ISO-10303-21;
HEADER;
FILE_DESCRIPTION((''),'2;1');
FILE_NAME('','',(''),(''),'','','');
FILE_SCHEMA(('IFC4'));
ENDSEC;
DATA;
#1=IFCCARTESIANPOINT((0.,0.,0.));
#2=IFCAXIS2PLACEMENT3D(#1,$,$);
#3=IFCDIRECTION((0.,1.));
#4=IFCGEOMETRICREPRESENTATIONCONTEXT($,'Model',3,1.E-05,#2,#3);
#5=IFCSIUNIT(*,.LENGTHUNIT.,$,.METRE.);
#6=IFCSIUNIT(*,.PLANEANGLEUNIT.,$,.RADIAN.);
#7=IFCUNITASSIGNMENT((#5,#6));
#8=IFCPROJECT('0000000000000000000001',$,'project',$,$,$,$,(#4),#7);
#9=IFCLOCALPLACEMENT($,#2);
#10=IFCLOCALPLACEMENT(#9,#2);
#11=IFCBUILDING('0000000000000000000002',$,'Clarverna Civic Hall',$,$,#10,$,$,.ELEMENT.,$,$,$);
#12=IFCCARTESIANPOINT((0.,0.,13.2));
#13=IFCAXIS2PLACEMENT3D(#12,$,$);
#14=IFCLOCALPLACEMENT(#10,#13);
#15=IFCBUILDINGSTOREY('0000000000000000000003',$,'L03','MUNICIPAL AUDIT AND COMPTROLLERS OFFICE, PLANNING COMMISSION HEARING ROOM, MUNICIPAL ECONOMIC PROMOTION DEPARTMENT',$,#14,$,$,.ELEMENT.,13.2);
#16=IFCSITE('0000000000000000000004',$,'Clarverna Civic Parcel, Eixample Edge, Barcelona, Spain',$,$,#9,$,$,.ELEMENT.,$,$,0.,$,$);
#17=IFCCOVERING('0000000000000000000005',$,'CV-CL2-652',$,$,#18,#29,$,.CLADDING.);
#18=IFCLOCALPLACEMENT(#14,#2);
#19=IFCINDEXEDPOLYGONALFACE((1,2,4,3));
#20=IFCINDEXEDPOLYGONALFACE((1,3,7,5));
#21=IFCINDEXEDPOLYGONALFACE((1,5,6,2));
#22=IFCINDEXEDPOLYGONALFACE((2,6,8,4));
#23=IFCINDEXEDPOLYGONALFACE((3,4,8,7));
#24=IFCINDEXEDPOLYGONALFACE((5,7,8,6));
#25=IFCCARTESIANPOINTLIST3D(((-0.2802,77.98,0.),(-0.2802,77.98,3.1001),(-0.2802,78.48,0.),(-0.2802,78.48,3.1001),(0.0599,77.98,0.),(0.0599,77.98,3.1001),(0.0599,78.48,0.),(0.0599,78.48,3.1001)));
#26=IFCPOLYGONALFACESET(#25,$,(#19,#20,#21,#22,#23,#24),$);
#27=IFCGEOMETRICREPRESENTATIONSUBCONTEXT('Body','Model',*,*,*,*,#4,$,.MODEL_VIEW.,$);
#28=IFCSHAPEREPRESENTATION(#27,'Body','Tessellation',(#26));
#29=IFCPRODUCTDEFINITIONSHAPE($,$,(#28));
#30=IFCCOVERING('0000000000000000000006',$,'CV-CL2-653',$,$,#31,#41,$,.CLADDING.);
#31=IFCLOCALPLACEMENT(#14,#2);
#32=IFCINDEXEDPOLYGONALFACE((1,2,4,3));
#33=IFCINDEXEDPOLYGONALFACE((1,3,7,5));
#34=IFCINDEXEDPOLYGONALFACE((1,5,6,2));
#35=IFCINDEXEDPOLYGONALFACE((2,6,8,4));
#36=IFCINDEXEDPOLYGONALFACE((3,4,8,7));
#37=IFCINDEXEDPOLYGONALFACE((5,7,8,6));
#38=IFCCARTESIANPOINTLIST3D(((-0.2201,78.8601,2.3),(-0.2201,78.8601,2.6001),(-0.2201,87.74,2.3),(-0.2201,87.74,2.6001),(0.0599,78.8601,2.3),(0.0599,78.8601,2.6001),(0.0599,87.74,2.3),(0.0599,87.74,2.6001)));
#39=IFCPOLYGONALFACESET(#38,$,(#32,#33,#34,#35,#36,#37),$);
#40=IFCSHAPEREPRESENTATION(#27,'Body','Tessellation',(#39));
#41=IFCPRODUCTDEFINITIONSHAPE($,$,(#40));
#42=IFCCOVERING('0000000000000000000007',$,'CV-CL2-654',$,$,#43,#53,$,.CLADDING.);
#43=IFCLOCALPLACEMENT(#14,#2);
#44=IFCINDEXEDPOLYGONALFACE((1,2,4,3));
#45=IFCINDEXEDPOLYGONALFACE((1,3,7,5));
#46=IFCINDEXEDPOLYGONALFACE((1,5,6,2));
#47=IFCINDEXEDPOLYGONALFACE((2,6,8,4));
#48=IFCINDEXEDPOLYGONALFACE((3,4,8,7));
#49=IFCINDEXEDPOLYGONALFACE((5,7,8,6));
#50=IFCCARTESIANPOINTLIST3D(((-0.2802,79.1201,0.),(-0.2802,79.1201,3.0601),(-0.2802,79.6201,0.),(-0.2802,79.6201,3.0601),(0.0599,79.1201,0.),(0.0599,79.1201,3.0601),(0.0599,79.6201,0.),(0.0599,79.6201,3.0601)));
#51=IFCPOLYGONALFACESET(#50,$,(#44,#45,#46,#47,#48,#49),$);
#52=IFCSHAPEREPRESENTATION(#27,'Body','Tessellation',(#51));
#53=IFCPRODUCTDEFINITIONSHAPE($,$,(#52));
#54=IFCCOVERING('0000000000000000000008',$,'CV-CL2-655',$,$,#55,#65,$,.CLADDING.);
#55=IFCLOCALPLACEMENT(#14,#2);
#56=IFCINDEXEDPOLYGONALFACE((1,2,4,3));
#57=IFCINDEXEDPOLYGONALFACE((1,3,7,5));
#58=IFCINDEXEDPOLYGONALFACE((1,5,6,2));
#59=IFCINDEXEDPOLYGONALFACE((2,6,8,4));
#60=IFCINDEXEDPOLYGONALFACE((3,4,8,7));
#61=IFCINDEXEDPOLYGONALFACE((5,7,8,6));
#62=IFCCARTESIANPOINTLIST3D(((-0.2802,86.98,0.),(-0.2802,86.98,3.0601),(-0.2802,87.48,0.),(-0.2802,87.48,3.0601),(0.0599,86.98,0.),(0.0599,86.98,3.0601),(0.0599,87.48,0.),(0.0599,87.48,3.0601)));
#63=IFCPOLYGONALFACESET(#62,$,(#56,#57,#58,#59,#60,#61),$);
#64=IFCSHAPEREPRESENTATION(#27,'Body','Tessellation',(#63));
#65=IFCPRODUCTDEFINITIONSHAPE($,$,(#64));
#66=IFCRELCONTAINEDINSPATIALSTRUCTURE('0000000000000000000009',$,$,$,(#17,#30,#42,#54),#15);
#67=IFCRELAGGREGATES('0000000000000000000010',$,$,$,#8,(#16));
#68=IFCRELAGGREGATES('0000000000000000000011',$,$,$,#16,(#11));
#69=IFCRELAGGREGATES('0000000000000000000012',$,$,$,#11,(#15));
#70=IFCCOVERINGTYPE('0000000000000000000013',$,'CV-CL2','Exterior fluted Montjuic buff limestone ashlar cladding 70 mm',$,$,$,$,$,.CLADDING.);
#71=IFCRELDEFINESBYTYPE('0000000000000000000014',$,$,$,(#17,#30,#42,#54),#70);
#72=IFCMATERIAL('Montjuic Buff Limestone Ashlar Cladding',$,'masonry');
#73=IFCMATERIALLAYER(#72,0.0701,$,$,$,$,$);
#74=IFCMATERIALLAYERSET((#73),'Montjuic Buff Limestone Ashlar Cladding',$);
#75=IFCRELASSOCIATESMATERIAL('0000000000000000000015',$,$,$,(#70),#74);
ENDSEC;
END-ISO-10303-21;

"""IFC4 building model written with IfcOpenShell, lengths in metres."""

from ifc_helpers import new_model, si_unit, direction, frame, frame_2d, origin, place, context, subcontext, project, spatial, rectangle, extrude, material, layer, layer_set, type_object, element, save


model = new_model("IFC4")

# Units and contexts
model_context = context("Model", 3, precision=1e-05, world=origin(), true_north=direction((0.0, 1.0)))
body_context = subcontext(model_context, "Body", "Model", "MODEL_VIEW")
ifc_project = project(units=[si_unit("LENGTHUNIT", "METRE"), si_unit("PLANEANGLEUNIT", "RADIAN")], contexts=[model_context])

# Site, building, storey
site_placement = place(None, origin())
site = spatial("IfcSite", under=ifc_project, at=site_placement, Name="Clarverna Civic Parcel, Eixample Edge, Barcelona, Spain", CompositionType="ELEMENT", RefElevation=0.0)
building_placement = place(site_placement, origin())
building = spatial("IfcBuilding", under=site, at=building_placement, Name="Clarverna Civic Hall", CompositionType="ELEMENT")
storey_placement = place(building_placement, frame((0.0, 0.0, 13.2)))
storey = spatial("IfcBuildingStorey", under=building, at=storey_placement, Name="L03", Description="MUNICIPAL AUDIT AND COMPTROLLERS OFFICE, PLANNING COMMISSION HEARING ROOM, MUNICIPAL ECONOMIC PROMOTION DEPARTMENT", CompositionType="ELEMENT", Elevation=13.2)

# Coverings
ifc_material_1 = material(Name="Montjuic Buff Limestone Ashlar Cladding", Category="masonry")
ifc_layer_1 = layer(ifc_material_1, 0.0701)
ifc_layer_set_1 = layer_set([ifc_layer_1], Name="Montjuic Buff Limestone Ashlar Cladding")
covering_type = type_object("IfcCoveringType", Name="CV-CL2", Description="Exterior fluted Montjuic buff limestone ashlar cladding 70 mm", PredefinedType="CLADDING", material=ifc_layer_set_1)
covering_1_placement = place(storey_placement, frame((-0.1101, 77.98, 0.0), z_axis=(0.0, 0.0, 1.0), x_axis=(0.0, 1.0, 0.0)))
element("IfcCovering", 1, at=covering_1_placement, inside=storey, type_object=covering_type, Name="CV-CL2-652", PredefinedType="CLADDING", context=body_context, shape_type="SweptSolid", body=[
    extrude(rectangle(XDim=0.5, YDim=0.3401, at=frame_2d((0.25, 0.0))), origin(), (0.0, 0.0, 1.0), 3.1001),
])
covering_2_placement = place(storey_placement, frame((-0.0801, 78.8601, 2.3), z_axis=(0.0, 0.0, 1.0), x_axis=(0.0, 1.0, 0.0)))
element("IfcCovering", 2, at=covering_2_placement, inside=storey, type_object=covering_type, Name="CV-CL2-653", PredefinedType="CLADDING", context=body_context, shape_type="SweptSolid", body=[
    extrude(rectangle(XDim=8.8799, YDim=0.28, at=frame_2d((4.4399, 0.0))), origin(), (0.0, 0.0, 1.0), 0.3),
])
for number, where, z_axis, x_axis, name in (
    (3, (-0.1101, 79.1201, 0.0), (0.0, 0.0, 1.0), (0.0, 1.0, 0.0), "CV-CL2-654"),
    (4, (-0.1101, 86.98, 0.0), (0.0, 0.0, 1.0), (0.0, 1.0, 0.0), "CV-CL2-655"),
):
    element("IfcCovering", number, at=place(storey_placement, frame(where, z_axis=z_axis, x_axis=x_axis)), inside=storey, type_object=covering_type, Name=name, PredefinedType="CLADDING", context=body_context, shape_type="SweptSolid", body=[
        extrude(rectangle(XDim=0.5, YDim=0.3401, at=frame_2d((0.25, 0.0))), origin(), (0.0, 0.0, 1.0), 3.0601),
    ])

save(model, "model.ifc")
